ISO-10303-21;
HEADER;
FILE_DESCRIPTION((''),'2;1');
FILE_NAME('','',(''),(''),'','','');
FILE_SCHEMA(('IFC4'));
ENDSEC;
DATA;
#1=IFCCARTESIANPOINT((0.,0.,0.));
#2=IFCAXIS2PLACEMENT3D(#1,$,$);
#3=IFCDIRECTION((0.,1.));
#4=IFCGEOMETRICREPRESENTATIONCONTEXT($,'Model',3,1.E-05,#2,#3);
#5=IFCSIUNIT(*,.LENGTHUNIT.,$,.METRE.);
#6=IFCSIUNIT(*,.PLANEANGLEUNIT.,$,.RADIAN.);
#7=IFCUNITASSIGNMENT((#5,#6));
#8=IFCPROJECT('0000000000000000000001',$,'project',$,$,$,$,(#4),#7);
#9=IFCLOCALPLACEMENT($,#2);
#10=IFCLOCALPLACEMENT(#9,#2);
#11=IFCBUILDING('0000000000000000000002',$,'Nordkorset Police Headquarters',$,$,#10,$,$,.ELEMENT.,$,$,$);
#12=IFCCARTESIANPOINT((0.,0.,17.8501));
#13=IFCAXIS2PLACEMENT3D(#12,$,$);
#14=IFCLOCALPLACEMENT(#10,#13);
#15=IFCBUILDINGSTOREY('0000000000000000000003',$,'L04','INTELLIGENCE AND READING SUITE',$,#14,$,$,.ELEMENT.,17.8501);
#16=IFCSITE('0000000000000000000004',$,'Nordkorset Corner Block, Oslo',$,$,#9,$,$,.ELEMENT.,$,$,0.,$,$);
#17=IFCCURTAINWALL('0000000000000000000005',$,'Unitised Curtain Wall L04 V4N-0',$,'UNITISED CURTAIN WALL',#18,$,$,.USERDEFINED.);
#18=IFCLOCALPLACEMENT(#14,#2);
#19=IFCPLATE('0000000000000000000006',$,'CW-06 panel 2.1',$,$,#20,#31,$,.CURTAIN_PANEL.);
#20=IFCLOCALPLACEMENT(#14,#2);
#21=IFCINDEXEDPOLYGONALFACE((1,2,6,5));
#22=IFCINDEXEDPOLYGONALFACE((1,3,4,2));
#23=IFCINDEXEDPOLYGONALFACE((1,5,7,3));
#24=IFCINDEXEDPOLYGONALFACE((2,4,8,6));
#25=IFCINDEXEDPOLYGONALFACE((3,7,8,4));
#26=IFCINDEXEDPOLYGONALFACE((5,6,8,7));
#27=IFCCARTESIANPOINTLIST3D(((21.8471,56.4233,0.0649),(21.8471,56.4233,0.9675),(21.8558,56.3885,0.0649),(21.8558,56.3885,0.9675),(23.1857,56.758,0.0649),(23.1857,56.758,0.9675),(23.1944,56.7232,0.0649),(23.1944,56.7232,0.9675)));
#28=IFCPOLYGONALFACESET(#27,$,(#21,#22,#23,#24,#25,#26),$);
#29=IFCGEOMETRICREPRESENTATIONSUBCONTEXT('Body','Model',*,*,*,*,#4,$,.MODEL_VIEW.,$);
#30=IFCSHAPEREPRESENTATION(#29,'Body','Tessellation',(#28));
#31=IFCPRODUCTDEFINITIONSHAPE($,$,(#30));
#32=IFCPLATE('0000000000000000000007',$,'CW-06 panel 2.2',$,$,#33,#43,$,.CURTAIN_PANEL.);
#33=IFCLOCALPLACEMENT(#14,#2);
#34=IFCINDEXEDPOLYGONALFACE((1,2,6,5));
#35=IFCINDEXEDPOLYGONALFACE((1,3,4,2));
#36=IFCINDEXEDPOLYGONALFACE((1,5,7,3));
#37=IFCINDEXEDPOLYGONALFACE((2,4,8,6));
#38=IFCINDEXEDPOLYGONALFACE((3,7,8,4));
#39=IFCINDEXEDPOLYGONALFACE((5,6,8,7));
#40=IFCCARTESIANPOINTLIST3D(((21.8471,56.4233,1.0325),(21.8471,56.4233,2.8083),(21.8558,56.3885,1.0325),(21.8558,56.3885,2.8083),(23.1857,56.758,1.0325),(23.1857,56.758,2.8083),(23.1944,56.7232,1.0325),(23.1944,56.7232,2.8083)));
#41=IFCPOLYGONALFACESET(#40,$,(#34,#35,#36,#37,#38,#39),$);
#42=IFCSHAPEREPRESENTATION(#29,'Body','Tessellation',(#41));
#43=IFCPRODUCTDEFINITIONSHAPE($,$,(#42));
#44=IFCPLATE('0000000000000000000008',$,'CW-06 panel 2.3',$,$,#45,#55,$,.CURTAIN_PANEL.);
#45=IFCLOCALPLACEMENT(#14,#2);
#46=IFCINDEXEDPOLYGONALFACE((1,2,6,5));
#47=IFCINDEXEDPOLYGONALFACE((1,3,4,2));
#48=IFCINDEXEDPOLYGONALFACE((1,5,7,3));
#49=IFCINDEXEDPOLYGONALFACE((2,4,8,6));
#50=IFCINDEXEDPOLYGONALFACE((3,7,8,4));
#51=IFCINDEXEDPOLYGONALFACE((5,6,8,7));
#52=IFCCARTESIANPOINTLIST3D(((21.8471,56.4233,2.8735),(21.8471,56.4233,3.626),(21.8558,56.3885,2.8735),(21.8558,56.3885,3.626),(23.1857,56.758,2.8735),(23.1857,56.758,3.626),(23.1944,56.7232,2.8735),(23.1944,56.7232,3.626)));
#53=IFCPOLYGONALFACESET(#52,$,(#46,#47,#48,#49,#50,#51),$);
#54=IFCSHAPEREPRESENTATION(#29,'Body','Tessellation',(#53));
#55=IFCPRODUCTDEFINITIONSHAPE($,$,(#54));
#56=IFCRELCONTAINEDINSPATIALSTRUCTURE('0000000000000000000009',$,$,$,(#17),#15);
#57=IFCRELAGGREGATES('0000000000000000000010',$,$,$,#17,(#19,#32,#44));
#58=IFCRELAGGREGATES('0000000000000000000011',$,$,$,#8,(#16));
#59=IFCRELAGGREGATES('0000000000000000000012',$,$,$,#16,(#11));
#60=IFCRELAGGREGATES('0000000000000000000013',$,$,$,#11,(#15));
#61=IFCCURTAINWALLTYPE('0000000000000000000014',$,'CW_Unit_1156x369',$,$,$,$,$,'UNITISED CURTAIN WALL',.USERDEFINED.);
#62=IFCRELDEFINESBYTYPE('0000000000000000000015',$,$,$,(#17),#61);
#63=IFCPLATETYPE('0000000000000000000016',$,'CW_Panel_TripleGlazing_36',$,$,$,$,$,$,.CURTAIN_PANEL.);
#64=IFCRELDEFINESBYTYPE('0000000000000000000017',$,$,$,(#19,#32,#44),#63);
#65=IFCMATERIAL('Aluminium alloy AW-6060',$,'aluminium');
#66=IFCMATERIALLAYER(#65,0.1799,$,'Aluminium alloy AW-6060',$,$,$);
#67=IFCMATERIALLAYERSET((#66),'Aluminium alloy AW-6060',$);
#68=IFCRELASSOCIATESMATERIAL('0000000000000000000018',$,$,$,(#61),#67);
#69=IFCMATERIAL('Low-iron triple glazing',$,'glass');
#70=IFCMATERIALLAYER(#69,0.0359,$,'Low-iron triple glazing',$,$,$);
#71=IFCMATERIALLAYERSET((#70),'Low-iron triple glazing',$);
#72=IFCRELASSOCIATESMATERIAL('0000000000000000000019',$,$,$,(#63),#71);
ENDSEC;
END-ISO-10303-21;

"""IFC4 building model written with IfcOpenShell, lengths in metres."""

from ifc_helpers import new_model, si_unit, direction, frame, origin, origin_2d, place, context, subcontext, project, spatial, rectangle, extrude, material, layer, layer_set, type_object, element, aggregate, save


model = new_model("IFC4")

# Units and contexts
model_context = context("Model", 3, precision=1e-05, world=origin(), true_north=direction((0.0, 1.0)))
body_context = subcontext(model_context, "Body", "Model", "MODEL_VIEW")
ifc_project = project(units=[si_unit("LENGTHUNIT", "METRE"), si_unit("PLANEANGLEUNIT", "RADIAN")], contexts=[model_context])

# Site, building, storey
site_placement = place(None, origin())
site = spatial("IfcSite", under=ifc_project, at=site_placement, Name="Nordkorset Corner Block, Oslo", CompositionType="ELEMENT", RefElevation=0.0)
building_placement = place(site_placement, origin())
building = spatial("IfcBuilding", under=site, at=building_placement, Name="Nordkorset Police Headquarters", CompositionType="ELEMENT")
storey_placement = place(building_placement, frame((0.0, 0.0, 17.8501)))
storey = spatial("IfcBuildingStorey", under=building, at=storey_placement, Name="L04", Description="INTELLIGENCE AND READING SUITE", CompositionType="ELEMENT", Elevation=17.8501)

# Curtain wall
ifc_material_1 = material(Name="Aluminium alloy AW-6060", Category="aluminium")
ifc_layer_1 = layer(ifc_material_1, 0.1799, Name="Aluminium alloy AW-6060")
ifc_layer_set_1 = layer_set([ifc_layer_1], Name="Aluminium alloy AW-6060")
curtain_wall_type_1 = type_object("IfcCurtainWallType", Name="CW_Unit_1156x369", ElementType="UNITISED CURTAIN WALL", PredefinedType="USERDEFINED", material=ifc_layer_set_1)
curtain_wall_1_placement = place(storey_placement, origin())
curtain_wall_1 = element("IfcCurtainWall", 1, at=curtain_wall_1_placement, inside=storey, type_object=curtain_wall_type_1, Name="Unitised Curtain Wall L04 V4N-0", ObjectType="UNITISED CURTAIN WALL", PredefinedType="USERDEFINED")

# Plates
ifc_material_2 = material(Name="Low-iron triple glazing", Category="glass")
ifc_layer_2 = layer(ifc_material_2, 0.0359, Name="Low-iron triple glazing")
ifc_layer_set_2 = layer_set([ifc_layer_2], Name="Low-iron triple glazing")
plate_type = type_object("IfcPlateType", Name="CW_Panel_TripleGlazing_36", PredefinedType="CURTAIN_PANEL", material=ifc_layer_set_2)
plate_1_placement = place(storey_placement, frame((22.5208, 56.5732, 0.0649), z_axis=(0.0, 0.0, 1.0), x_axis=(0.970142, 0.242536, 0.0)))
plate_1 = element("IfcPlate", 2, at=plate_1_placement, type_object=plate_type, Name="CW-06 panel 2.1", PredefinedType="CURTAIN_PANEL", context=body_context, shape_type="SweptSolid", body=[
    extrude(rectangle(XDim=1.3799, YDim=0.0359, at=origin_2d()), origin(), (0.0, 0.0, 1.0), 0.9026),
])
plate_2_placement = place(storey_placement, frame((22.5208, 56.5732, 1.0325), z_axis=(0.0, 0.0, 1.0), x_axis=(0.970142, 0.242536, 0.0)))
plate_2 = element("IfcPlate", 3, at=plate_2_placement, type_object=plate_type, Name="CW-06 panel 2.2", PredefinedType="CURTAIN_PANEL", context=body_context, shape_type="SweptSolid", body=[
    extrude(rectangle(XDim=1.3799, YDim=0.0359, at=origin_2d()), origin(), (0.0, 0.0, 1.0), 1.7759),
])
plate_3_placement = place(storey_placement, frame((22.5208, 56.5732, 2.8735), z_axis=(0.0, 0.0, 1.0), x_axis=(0.970142, 0.242536, 0.0)))
plate_3 = element("IfcPlate", 4, at=plate_3_placement, type_object=plate_type, Name="CW-06 panel 2.3", PredefinedType="CURTAIN_PANEL", context=body_context, shape_type="SweptSolid", body=[
    extrude(rectangle(XDim=1.3799, YDim=0.0359, at=origin_2d()), origin(), (0.0, 0.0, 1.0), 0.7524),
])
aggregate(curtain_wall_1, [plate_1, plate_2, plate_3])

save(model, "model.ifc")
